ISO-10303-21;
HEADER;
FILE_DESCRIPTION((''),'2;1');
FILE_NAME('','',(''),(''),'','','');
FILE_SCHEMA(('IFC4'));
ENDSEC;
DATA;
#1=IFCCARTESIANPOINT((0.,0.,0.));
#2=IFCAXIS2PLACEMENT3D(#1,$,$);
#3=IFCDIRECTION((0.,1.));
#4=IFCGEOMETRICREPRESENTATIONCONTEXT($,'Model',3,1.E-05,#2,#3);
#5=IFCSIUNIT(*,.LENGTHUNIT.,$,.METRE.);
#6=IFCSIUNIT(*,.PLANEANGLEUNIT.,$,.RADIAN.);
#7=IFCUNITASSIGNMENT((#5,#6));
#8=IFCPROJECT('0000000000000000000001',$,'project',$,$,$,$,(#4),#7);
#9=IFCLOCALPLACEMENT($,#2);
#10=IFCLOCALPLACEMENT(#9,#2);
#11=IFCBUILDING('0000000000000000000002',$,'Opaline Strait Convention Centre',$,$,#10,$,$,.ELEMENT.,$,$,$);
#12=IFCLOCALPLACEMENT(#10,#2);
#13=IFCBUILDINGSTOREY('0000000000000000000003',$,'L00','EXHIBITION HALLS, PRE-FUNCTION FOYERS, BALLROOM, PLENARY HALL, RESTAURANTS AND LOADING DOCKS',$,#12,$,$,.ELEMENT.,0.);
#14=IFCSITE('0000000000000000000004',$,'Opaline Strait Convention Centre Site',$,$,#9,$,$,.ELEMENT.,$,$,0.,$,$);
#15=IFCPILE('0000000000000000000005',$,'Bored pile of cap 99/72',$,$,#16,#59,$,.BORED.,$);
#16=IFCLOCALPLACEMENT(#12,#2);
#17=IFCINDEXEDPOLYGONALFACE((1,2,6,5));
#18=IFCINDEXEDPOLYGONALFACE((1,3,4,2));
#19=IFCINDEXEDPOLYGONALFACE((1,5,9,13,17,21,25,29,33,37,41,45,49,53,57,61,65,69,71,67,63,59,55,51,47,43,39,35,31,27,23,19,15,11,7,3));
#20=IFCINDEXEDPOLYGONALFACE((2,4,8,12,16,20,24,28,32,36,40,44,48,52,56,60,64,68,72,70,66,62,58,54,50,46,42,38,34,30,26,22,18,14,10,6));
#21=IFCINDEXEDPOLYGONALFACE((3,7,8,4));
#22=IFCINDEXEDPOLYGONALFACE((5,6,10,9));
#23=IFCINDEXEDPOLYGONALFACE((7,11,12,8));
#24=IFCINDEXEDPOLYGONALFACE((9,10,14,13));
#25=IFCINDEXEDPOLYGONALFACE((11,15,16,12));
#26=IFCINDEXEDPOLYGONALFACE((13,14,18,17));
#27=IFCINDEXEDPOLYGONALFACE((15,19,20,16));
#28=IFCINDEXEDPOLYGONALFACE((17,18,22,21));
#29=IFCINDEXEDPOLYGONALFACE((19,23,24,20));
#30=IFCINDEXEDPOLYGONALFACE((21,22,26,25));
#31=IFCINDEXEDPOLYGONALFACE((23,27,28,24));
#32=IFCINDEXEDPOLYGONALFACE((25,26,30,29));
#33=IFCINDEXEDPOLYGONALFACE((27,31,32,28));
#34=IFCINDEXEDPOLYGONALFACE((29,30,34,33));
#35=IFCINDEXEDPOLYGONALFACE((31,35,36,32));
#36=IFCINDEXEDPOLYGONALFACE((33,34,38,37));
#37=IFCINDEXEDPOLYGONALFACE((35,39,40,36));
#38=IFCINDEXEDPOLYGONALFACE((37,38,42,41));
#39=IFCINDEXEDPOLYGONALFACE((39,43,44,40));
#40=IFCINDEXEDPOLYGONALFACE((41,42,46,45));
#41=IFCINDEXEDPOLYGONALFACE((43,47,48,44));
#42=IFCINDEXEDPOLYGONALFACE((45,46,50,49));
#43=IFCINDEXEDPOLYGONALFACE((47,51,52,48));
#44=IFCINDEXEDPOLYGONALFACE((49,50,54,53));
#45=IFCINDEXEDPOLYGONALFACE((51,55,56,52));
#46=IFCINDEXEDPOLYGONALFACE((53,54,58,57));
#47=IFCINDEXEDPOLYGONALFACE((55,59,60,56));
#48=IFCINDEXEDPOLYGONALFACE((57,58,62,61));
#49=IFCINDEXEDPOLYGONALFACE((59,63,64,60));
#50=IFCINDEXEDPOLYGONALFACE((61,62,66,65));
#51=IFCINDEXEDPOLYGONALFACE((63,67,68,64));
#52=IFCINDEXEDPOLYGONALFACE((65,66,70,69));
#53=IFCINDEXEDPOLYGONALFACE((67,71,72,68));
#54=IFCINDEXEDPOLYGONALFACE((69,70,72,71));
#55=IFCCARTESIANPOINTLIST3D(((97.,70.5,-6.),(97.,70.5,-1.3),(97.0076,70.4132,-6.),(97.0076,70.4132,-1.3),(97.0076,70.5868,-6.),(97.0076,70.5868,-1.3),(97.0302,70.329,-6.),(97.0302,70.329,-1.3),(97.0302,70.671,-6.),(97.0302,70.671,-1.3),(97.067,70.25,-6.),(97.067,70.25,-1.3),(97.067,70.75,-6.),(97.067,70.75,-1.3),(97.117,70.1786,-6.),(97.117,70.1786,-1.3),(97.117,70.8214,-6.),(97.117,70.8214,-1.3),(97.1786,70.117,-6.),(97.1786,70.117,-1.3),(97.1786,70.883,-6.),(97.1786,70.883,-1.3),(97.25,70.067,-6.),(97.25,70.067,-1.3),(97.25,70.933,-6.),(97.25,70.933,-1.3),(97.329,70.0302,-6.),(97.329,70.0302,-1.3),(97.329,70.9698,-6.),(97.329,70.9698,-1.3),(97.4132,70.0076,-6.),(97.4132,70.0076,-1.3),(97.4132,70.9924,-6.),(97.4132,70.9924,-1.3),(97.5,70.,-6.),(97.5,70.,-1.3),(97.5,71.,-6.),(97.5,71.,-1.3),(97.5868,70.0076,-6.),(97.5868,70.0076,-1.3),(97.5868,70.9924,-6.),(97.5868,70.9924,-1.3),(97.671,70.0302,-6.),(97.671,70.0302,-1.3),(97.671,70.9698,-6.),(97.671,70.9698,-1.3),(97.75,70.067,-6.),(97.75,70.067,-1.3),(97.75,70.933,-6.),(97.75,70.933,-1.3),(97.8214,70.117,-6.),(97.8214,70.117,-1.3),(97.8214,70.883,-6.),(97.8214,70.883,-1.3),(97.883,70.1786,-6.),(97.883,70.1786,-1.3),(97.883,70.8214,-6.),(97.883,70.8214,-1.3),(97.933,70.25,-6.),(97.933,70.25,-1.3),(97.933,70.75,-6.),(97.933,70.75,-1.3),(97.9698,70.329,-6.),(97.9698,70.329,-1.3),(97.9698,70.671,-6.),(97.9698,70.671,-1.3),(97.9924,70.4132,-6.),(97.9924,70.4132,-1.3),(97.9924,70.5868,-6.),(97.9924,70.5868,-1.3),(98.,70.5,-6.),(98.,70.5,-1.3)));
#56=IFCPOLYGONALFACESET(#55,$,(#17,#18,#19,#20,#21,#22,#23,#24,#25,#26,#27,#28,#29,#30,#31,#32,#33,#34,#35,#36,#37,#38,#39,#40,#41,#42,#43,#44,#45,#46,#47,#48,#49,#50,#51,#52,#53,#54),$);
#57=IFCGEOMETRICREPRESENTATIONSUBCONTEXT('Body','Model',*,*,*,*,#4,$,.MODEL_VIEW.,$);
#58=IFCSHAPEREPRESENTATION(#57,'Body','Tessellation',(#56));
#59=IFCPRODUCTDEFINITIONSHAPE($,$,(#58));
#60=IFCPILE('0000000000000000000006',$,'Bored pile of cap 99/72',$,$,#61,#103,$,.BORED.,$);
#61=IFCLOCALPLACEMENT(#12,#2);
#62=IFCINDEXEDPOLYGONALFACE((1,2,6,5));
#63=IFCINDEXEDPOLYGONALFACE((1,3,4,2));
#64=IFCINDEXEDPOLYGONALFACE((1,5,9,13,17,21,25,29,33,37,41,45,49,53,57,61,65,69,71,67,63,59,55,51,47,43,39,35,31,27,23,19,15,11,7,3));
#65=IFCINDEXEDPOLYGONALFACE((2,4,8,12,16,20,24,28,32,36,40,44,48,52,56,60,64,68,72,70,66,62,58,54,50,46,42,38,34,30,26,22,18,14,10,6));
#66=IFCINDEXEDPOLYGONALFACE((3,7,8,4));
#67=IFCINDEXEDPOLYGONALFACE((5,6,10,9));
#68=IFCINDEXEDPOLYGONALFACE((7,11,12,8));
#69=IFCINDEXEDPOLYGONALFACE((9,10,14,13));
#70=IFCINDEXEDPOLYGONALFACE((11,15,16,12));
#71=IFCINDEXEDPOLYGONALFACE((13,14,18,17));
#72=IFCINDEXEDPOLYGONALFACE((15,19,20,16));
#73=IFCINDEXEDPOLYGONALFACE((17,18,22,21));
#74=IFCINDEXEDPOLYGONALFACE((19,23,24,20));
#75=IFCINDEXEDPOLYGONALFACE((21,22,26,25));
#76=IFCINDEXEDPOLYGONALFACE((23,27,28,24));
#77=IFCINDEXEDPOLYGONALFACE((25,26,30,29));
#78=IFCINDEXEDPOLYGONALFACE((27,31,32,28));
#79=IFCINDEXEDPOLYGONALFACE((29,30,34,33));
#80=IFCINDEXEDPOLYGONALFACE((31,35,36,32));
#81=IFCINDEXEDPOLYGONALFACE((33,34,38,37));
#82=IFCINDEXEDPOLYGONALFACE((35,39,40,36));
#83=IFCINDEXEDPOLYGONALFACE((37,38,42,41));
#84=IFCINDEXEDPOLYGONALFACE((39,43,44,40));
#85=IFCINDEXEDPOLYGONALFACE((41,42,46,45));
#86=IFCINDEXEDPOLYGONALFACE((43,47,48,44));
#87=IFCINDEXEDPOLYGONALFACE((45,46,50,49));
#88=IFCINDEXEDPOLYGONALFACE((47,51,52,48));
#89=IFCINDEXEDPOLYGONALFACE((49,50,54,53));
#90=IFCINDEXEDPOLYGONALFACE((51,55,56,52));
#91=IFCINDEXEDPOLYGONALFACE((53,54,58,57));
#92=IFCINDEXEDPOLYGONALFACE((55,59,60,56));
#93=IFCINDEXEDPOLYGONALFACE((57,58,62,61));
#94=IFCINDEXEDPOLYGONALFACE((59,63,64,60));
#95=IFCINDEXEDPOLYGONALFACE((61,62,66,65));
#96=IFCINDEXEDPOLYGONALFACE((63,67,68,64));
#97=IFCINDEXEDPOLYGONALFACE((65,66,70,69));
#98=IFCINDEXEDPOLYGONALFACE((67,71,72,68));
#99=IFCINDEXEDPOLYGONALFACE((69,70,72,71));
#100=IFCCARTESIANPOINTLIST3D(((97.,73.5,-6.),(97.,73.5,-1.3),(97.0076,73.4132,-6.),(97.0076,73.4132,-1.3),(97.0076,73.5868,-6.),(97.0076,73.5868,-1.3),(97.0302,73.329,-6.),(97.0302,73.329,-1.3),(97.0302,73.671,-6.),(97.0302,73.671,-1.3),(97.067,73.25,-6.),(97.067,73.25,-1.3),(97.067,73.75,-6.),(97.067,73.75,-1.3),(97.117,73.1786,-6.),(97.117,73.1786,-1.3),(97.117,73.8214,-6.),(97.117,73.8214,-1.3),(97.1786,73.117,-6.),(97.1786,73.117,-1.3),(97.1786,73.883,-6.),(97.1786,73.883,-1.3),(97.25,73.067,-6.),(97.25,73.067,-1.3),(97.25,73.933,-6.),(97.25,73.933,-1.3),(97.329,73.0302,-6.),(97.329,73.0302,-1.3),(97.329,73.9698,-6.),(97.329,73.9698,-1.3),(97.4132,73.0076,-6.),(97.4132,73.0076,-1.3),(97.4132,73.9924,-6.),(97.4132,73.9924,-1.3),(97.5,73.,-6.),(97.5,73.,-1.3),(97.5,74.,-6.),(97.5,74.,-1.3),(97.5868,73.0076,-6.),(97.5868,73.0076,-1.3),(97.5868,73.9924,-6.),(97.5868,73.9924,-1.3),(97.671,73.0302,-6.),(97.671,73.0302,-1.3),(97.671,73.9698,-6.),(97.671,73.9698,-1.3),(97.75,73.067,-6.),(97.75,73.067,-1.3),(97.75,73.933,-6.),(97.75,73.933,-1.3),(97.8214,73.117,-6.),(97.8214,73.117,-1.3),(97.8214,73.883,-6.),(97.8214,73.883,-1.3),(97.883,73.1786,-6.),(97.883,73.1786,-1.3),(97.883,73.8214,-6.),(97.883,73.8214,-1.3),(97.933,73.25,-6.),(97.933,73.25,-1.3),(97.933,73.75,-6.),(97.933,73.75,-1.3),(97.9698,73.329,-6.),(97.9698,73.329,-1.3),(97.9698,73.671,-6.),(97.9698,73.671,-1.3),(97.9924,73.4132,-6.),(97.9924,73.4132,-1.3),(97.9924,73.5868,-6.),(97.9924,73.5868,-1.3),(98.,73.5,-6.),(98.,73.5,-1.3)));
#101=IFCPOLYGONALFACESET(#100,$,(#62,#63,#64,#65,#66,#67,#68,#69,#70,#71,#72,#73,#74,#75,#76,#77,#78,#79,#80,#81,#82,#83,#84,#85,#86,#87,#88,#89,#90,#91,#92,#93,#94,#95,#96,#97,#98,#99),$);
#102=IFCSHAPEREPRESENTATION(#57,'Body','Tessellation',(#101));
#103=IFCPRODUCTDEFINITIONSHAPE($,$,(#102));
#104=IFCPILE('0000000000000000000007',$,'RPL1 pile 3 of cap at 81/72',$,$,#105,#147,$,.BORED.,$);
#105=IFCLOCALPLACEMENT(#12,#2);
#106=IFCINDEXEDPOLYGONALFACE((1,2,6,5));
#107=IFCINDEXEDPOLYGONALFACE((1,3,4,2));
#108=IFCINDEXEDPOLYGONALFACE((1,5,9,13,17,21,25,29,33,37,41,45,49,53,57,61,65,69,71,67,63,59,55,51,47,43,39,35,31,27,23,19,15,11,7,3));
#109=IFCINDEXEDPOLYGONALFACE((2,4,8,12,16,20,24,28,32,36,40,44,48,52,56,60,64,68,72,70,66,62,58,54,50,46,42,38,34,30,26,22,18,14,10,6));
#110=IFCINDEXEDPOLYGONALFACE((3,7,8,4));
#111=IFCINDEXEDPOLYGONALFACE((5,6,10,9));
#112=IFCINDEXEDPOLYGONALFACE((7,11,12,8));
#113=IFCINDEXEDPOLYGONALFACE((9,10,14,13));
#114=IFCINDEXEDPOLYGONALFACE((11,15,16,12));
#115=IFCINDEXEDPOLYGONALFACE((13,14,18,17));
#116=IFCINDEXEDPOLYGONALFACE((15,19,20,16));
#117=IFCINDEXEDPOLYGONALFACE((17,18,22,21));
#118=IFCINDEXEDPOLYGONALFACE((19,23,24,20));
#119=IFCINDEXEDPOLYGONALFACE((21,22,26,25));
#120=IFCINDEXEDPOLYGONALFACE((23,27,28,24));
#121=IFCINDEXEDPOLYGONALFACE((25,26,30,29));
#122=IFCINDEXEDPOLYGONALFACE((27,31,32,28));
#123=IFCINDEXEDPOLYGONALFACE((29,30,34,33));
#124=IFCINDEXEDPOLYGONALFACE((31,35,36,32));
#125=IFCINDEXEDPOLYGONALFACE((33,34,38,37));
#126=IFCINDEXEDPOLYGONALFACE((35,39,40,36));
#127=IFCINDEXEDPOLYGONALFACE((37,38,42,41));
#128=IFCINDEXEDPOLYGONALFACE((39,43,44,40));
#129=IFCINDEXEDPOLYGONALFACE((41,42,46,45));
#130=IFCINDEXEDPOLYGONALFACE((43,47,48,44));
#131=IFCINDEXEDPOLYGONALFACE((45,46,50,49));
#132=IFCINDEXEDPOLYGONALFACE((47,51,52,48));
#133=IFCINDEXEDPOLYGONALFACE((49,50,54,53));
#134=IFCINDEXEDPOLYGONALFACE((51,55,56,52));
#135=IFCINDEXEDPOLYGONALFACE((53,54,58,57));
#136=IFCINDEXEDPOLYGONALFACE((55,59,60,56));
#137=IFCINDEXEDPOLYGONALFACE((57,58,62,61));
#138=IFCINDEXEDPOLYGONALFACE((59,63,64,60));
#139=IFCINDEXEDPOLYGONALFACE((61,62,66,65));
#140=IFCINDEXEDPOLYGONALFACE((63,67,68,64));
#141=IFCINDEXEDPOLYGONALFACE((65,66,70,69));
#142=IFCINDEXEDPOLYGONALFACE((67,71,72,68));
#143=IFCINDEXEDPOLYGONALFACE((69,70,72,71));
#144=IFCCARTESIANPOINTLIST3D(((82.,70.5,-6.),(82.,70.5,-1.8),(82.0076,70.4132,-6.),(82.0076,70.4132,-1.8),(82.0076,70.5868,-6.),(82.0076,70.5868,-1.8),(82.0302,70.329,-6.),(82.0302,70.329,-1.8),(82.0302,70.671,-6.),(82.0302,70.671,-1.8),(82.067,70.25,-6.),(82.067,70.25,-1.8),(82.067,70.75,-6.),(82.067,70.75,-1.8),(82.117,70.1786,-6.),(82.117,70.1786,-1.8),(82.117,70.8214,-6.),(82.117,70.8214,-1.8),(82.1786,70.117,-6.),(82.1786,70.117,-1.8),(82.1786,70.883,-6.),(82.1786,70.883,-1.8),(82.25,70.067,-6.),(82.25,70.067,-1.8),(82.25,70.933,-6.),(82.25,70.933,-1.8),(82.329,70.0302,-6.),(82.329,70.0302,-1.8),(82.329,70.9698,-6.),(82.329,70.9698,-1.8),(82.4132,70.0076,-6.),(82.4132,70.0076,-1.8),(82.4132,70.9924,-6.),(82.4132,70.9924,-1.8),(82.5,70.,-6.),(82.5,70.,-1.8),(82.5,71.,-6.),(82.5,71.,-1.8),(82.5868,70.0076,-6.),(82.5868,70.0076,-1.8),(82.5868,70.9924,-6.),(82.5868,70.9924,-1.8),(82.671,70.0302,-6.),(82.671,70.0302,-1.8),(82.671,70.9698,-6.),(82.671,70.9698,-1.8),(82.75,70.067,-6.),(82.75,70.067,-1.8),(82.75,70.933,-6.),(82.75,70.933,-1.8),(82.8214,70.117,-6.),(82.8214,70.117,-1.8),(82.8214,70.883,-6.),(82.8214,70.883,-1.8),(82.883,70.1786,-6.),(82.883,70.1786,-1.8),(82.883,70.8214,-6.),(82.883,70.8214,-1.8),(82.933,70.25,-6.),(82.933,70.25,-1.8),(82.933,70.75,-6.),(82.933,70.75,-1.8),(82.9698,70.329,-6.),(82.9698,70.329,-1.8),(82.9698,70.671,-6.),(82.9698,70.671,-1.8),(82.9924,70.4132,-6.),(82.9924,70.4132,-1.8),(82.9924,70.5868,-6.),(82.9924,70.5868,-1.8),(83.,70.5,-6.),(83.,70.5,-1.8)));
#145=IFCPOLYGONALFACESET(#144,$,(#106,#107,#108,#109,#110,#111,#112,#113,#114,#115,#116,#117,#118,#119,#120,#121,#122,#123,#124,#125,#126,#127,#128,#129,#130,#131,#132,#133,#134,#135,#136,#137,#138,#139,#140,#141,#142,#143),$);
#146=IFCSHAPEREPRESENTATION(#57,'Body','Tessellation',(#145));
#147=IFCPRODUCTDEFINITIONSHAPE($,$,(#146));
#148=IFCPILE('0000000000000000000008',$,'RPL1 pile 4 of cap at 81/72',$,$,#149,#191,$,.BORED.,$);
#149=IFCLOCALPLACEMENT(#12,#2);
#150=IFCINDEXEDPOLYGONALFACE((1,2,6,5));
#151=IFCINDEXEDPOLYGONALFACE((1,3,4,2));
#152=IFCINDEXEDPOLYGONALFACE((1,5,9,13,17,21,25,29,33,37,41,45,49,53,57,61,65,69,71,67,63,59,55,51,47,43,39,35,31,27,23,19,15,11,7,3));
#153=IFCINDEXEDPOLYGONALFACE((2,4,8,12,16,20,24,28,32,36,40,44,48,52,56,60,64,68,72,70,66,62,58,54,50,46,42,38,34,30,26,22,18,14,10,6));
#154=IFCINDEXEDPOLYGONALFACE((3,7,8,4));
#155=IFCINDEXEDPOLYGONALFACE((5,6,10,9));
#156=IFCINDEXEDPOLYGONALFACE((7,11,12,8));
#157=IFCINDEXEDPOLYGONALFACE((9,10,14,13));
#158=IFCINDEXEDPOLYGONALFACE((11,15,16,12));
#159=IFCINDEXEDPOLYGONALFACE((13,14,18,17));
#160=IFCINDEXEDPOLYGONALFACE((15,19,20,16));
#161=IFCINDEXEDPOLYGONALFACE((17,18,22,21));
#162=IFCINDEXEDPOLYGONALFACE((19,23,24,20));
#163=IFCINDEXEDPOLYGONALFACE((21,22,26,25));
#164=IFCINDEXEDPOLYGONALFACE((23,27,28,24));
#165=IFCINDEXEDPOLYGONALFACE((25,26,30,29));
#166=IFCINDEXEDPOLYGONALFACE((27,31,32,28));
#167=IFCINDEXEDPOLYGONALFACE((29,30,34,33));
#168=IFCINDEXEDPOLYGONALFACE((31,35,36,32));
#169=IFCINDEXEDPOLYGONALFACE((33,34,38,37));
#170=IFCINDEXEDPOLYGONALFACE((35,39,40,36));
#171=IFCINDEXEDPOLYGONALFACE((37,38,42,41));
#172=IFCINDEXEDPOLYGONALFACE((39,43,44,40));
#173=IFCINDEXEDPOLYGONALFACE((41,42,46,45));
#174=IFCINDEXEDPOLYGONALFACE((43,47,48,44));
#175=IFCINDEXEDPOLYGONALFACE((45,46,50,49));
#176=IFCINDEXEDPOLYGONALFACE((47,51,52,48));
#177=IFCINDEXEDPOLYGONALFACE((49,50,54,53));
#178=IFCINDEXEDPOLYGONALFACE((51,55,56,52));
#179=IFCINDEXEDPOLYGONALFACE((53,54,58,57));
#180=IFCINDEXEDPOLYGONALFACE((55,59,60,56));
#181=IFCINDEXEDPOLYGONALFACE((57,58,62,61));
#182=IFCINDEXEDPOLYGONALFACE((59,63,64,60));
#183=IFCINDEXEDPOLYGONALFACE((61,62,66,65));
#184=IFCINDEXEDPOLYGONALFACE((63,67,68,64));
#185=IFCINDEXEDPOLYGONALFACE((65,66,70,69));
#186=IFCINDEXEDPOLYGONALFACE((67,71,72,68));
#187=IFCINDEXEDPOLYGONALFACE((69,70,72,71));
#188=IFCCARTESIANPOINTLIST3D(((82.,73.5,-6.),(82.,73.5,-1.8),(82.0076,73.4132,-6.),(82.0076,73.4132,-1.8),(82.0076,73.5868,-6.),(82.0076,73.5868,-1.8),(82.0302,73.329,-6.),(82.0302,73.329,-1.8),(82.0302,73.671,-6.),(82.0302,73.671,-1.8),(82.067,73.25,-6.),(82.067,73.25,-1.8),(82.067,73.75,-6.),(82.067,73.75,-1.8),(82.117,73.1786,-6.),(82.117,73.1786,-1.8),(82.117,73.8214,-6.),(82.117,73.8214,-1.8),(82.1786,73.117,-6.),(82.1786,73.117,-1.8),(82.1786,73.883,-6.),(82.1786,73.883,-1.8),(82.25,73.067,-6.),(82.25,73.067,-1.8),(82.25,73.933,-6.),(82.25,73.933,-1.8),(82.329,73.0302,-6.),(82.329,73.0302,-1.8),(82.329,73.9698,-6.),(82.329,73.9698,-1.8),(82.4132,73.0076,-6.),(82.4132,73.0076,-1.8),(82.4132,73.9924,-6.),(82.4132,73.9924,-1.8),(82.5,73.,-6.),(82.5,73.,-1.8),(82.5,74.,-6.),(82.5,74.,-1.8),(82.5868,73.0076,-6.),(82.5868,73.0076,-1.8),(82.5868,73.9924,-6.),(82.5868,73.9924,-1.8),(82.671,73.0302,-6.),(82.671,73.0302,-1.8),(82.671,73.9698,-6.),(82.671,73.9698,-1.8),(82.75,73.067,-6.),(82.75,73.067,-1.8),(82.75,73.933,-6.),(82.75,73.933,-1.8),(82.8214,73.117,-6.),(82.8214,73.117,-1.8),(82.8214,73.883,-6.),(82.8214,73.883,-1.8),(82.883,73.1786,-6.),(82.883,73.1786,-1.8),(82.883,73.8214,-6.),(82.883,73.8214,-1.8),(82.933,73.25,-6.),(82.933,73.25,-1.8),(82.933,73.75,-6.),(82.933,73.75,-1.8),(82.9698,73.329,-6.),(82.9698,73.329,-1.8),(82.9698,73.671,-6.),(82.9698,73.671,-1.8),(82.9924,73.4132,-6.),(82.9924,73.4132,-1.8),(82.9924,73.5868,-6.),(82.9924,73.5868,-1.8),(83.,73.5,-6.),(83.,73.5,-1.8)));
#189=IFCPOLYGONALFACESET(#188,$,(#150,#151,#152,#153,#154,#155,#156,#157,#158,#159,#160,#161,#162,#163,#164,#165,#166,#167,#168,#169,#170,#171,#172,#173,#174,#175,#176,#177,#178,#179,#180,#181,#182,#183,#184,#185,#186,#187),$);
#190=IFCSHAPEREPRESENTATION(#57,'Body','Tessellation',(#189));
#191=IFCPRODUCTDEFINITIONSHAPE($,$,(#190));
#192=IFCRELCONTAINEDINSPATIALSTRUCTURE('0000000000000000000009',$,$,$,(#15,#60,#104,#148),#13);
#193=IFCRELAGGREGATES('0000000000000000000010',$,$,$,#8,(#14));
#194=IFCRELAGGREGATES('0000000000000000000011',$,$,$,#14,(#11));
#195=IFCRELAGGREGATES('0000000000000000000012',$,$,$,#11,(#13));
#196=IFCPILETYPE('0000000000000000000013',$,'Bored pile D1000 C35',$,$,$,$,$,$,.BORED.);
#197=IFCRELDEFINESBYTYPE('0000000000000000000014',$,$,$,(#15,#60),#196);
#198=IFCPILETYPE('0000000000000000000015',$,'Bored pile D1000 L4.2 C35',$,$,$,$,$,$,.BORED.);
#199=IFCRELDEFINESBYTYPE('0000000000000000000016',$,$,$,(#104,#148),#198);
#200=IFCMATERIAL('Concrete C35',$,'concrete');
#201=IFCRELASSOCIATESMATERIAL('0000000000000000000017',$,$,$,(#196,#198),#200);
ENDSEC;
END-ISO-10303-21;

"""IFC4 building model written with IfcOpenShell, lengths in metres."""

from ifc_helpers import new_model, si_unit, direction, frame, origin, origin_2d, place, context, subcontext, project, spatial, circle, extrude, material, material_profile, profile_set, type_object, element, save


model = new_model("IFC4")

# Units and contexts
model_context = context("Model", 3, precision=1e-05, world=origin(), true_north=direction((0.0, 1.0)))
body_context = subcontext(model_context, "Body", "Model", "MODEL_VIEW")
ifc_project = project(units=[si_unit("LENGTHUNIT", "METRE"), si_unit("PLANEANGLEUNIT", "RADIAN")], contexts=[model_context])

# Site, building, storey
site_placement = place(None, origin())
site = spatial("IfcSite", under=ifc_project, at=site_placement, Name="Opaline Strait Convention Centre Site", CompositionType="ELEMENT", RefElevation=0.0)
building_placement = place(site_placement, origin())
building = spatial("IfcBuilding", under=site, at=building_placement, Name="Opaline Strait Convention Centre", CompositionType="ELEMENT")
storey_placement = place(building_placement, origin())
storey = spatial("IfcBuildingStorey", under=building, at=storey_placement, Name="L00", Description="EXHIBITION HALLS, PRE-FUNCTION FOYERS, BALLROOM, PLENARY HALL, RESTAURANTS AND LOADING DOCKS", CompositionType="ELEMENT", Elevation=0.0)

# Piles
ifc_material_1 = material(Name="Concrete C35", Category="concrete")
ifc_material_profile_1 = material_profile(ifc_material_1, circle(Radius=0.5, at=origin_2d()), Name="D1000")
ifc_profile_set_1 = profile_set([ifc_material_profile_1], Name="Concrete C35")
pile_type_1 = type_object("IfcPileType", Name="Bored pile D1000 C35", PredefinedType="BORED", material=ifc_profile_set_1)
for number, where, z_axis, x_axis, name in (
    (1, (97.5, 70.5, -1.3), (0.0, 0.0, -1.0), (1.0, 0.0, 0.0), "Bored pile of cap 99/72"),
    (2, (97.5, 73.5, -1.3), (0.0, 0.0, -1.0), (1.0, 0.0, 0.0), "Bored pile of cap 99/72"),
):
    element("IfcPile", number, at=place(storey_placement, frame(where, z_axis=z_axis, x_axis=x_axis)), inside=storey, type_object=pile_type_1, Name=name, PredefinedType="BORED", context=body_context, shape_type="SweptSolid", body=[
        extrude(circle(Radius=0.5, at=origin_2d()), origin(), (0.0, 0.0, 1.0), 4.7),
    ])
ifc_material_profile_2 = material_profile(ifc_material_1, circle(Radius=0.5, at=origin_2d()), Name="D1000")
ifc_profile_set_2 = profile_set([ifc_material_profile_2], Name="Concrete C35")
pile_type_2 = type_object("IfcPileType", Name="Bored pile D1000 L4.2 C35", PredefinedType="BORED", material=ifc_profile_set_2)
for number, where, z_axis, x_axis, name in (
    (3, (82.5, 70.5, -1.8), (0.0, 0.0, -1.0), (1.0, 0.0, 0.0), "RPL1 pile 3 of cap at 81/72"),
    (4, (82.5, 73.5, -1.8), (0.0, 0.0, -1.0), (1.0, 0.0, 0.0), "RPL1 pile 4 of cap at 81/72"),
):
    element("IfcPile", number, at=place(storey_placement, frame(where, z_axis=z_axis, x_axis=x_axis)), inside=storey, type_object=pile_type_2, Name=name, PredefinedType="BORED", context=body_context, shape_type="SweptSolid", body=[
        extrude(circle(Radius=0.5, at=origin_2d()), origin(), (0.0, 0.0, 1.0), 4.2),
    ])

save(model, "model.ifc")
